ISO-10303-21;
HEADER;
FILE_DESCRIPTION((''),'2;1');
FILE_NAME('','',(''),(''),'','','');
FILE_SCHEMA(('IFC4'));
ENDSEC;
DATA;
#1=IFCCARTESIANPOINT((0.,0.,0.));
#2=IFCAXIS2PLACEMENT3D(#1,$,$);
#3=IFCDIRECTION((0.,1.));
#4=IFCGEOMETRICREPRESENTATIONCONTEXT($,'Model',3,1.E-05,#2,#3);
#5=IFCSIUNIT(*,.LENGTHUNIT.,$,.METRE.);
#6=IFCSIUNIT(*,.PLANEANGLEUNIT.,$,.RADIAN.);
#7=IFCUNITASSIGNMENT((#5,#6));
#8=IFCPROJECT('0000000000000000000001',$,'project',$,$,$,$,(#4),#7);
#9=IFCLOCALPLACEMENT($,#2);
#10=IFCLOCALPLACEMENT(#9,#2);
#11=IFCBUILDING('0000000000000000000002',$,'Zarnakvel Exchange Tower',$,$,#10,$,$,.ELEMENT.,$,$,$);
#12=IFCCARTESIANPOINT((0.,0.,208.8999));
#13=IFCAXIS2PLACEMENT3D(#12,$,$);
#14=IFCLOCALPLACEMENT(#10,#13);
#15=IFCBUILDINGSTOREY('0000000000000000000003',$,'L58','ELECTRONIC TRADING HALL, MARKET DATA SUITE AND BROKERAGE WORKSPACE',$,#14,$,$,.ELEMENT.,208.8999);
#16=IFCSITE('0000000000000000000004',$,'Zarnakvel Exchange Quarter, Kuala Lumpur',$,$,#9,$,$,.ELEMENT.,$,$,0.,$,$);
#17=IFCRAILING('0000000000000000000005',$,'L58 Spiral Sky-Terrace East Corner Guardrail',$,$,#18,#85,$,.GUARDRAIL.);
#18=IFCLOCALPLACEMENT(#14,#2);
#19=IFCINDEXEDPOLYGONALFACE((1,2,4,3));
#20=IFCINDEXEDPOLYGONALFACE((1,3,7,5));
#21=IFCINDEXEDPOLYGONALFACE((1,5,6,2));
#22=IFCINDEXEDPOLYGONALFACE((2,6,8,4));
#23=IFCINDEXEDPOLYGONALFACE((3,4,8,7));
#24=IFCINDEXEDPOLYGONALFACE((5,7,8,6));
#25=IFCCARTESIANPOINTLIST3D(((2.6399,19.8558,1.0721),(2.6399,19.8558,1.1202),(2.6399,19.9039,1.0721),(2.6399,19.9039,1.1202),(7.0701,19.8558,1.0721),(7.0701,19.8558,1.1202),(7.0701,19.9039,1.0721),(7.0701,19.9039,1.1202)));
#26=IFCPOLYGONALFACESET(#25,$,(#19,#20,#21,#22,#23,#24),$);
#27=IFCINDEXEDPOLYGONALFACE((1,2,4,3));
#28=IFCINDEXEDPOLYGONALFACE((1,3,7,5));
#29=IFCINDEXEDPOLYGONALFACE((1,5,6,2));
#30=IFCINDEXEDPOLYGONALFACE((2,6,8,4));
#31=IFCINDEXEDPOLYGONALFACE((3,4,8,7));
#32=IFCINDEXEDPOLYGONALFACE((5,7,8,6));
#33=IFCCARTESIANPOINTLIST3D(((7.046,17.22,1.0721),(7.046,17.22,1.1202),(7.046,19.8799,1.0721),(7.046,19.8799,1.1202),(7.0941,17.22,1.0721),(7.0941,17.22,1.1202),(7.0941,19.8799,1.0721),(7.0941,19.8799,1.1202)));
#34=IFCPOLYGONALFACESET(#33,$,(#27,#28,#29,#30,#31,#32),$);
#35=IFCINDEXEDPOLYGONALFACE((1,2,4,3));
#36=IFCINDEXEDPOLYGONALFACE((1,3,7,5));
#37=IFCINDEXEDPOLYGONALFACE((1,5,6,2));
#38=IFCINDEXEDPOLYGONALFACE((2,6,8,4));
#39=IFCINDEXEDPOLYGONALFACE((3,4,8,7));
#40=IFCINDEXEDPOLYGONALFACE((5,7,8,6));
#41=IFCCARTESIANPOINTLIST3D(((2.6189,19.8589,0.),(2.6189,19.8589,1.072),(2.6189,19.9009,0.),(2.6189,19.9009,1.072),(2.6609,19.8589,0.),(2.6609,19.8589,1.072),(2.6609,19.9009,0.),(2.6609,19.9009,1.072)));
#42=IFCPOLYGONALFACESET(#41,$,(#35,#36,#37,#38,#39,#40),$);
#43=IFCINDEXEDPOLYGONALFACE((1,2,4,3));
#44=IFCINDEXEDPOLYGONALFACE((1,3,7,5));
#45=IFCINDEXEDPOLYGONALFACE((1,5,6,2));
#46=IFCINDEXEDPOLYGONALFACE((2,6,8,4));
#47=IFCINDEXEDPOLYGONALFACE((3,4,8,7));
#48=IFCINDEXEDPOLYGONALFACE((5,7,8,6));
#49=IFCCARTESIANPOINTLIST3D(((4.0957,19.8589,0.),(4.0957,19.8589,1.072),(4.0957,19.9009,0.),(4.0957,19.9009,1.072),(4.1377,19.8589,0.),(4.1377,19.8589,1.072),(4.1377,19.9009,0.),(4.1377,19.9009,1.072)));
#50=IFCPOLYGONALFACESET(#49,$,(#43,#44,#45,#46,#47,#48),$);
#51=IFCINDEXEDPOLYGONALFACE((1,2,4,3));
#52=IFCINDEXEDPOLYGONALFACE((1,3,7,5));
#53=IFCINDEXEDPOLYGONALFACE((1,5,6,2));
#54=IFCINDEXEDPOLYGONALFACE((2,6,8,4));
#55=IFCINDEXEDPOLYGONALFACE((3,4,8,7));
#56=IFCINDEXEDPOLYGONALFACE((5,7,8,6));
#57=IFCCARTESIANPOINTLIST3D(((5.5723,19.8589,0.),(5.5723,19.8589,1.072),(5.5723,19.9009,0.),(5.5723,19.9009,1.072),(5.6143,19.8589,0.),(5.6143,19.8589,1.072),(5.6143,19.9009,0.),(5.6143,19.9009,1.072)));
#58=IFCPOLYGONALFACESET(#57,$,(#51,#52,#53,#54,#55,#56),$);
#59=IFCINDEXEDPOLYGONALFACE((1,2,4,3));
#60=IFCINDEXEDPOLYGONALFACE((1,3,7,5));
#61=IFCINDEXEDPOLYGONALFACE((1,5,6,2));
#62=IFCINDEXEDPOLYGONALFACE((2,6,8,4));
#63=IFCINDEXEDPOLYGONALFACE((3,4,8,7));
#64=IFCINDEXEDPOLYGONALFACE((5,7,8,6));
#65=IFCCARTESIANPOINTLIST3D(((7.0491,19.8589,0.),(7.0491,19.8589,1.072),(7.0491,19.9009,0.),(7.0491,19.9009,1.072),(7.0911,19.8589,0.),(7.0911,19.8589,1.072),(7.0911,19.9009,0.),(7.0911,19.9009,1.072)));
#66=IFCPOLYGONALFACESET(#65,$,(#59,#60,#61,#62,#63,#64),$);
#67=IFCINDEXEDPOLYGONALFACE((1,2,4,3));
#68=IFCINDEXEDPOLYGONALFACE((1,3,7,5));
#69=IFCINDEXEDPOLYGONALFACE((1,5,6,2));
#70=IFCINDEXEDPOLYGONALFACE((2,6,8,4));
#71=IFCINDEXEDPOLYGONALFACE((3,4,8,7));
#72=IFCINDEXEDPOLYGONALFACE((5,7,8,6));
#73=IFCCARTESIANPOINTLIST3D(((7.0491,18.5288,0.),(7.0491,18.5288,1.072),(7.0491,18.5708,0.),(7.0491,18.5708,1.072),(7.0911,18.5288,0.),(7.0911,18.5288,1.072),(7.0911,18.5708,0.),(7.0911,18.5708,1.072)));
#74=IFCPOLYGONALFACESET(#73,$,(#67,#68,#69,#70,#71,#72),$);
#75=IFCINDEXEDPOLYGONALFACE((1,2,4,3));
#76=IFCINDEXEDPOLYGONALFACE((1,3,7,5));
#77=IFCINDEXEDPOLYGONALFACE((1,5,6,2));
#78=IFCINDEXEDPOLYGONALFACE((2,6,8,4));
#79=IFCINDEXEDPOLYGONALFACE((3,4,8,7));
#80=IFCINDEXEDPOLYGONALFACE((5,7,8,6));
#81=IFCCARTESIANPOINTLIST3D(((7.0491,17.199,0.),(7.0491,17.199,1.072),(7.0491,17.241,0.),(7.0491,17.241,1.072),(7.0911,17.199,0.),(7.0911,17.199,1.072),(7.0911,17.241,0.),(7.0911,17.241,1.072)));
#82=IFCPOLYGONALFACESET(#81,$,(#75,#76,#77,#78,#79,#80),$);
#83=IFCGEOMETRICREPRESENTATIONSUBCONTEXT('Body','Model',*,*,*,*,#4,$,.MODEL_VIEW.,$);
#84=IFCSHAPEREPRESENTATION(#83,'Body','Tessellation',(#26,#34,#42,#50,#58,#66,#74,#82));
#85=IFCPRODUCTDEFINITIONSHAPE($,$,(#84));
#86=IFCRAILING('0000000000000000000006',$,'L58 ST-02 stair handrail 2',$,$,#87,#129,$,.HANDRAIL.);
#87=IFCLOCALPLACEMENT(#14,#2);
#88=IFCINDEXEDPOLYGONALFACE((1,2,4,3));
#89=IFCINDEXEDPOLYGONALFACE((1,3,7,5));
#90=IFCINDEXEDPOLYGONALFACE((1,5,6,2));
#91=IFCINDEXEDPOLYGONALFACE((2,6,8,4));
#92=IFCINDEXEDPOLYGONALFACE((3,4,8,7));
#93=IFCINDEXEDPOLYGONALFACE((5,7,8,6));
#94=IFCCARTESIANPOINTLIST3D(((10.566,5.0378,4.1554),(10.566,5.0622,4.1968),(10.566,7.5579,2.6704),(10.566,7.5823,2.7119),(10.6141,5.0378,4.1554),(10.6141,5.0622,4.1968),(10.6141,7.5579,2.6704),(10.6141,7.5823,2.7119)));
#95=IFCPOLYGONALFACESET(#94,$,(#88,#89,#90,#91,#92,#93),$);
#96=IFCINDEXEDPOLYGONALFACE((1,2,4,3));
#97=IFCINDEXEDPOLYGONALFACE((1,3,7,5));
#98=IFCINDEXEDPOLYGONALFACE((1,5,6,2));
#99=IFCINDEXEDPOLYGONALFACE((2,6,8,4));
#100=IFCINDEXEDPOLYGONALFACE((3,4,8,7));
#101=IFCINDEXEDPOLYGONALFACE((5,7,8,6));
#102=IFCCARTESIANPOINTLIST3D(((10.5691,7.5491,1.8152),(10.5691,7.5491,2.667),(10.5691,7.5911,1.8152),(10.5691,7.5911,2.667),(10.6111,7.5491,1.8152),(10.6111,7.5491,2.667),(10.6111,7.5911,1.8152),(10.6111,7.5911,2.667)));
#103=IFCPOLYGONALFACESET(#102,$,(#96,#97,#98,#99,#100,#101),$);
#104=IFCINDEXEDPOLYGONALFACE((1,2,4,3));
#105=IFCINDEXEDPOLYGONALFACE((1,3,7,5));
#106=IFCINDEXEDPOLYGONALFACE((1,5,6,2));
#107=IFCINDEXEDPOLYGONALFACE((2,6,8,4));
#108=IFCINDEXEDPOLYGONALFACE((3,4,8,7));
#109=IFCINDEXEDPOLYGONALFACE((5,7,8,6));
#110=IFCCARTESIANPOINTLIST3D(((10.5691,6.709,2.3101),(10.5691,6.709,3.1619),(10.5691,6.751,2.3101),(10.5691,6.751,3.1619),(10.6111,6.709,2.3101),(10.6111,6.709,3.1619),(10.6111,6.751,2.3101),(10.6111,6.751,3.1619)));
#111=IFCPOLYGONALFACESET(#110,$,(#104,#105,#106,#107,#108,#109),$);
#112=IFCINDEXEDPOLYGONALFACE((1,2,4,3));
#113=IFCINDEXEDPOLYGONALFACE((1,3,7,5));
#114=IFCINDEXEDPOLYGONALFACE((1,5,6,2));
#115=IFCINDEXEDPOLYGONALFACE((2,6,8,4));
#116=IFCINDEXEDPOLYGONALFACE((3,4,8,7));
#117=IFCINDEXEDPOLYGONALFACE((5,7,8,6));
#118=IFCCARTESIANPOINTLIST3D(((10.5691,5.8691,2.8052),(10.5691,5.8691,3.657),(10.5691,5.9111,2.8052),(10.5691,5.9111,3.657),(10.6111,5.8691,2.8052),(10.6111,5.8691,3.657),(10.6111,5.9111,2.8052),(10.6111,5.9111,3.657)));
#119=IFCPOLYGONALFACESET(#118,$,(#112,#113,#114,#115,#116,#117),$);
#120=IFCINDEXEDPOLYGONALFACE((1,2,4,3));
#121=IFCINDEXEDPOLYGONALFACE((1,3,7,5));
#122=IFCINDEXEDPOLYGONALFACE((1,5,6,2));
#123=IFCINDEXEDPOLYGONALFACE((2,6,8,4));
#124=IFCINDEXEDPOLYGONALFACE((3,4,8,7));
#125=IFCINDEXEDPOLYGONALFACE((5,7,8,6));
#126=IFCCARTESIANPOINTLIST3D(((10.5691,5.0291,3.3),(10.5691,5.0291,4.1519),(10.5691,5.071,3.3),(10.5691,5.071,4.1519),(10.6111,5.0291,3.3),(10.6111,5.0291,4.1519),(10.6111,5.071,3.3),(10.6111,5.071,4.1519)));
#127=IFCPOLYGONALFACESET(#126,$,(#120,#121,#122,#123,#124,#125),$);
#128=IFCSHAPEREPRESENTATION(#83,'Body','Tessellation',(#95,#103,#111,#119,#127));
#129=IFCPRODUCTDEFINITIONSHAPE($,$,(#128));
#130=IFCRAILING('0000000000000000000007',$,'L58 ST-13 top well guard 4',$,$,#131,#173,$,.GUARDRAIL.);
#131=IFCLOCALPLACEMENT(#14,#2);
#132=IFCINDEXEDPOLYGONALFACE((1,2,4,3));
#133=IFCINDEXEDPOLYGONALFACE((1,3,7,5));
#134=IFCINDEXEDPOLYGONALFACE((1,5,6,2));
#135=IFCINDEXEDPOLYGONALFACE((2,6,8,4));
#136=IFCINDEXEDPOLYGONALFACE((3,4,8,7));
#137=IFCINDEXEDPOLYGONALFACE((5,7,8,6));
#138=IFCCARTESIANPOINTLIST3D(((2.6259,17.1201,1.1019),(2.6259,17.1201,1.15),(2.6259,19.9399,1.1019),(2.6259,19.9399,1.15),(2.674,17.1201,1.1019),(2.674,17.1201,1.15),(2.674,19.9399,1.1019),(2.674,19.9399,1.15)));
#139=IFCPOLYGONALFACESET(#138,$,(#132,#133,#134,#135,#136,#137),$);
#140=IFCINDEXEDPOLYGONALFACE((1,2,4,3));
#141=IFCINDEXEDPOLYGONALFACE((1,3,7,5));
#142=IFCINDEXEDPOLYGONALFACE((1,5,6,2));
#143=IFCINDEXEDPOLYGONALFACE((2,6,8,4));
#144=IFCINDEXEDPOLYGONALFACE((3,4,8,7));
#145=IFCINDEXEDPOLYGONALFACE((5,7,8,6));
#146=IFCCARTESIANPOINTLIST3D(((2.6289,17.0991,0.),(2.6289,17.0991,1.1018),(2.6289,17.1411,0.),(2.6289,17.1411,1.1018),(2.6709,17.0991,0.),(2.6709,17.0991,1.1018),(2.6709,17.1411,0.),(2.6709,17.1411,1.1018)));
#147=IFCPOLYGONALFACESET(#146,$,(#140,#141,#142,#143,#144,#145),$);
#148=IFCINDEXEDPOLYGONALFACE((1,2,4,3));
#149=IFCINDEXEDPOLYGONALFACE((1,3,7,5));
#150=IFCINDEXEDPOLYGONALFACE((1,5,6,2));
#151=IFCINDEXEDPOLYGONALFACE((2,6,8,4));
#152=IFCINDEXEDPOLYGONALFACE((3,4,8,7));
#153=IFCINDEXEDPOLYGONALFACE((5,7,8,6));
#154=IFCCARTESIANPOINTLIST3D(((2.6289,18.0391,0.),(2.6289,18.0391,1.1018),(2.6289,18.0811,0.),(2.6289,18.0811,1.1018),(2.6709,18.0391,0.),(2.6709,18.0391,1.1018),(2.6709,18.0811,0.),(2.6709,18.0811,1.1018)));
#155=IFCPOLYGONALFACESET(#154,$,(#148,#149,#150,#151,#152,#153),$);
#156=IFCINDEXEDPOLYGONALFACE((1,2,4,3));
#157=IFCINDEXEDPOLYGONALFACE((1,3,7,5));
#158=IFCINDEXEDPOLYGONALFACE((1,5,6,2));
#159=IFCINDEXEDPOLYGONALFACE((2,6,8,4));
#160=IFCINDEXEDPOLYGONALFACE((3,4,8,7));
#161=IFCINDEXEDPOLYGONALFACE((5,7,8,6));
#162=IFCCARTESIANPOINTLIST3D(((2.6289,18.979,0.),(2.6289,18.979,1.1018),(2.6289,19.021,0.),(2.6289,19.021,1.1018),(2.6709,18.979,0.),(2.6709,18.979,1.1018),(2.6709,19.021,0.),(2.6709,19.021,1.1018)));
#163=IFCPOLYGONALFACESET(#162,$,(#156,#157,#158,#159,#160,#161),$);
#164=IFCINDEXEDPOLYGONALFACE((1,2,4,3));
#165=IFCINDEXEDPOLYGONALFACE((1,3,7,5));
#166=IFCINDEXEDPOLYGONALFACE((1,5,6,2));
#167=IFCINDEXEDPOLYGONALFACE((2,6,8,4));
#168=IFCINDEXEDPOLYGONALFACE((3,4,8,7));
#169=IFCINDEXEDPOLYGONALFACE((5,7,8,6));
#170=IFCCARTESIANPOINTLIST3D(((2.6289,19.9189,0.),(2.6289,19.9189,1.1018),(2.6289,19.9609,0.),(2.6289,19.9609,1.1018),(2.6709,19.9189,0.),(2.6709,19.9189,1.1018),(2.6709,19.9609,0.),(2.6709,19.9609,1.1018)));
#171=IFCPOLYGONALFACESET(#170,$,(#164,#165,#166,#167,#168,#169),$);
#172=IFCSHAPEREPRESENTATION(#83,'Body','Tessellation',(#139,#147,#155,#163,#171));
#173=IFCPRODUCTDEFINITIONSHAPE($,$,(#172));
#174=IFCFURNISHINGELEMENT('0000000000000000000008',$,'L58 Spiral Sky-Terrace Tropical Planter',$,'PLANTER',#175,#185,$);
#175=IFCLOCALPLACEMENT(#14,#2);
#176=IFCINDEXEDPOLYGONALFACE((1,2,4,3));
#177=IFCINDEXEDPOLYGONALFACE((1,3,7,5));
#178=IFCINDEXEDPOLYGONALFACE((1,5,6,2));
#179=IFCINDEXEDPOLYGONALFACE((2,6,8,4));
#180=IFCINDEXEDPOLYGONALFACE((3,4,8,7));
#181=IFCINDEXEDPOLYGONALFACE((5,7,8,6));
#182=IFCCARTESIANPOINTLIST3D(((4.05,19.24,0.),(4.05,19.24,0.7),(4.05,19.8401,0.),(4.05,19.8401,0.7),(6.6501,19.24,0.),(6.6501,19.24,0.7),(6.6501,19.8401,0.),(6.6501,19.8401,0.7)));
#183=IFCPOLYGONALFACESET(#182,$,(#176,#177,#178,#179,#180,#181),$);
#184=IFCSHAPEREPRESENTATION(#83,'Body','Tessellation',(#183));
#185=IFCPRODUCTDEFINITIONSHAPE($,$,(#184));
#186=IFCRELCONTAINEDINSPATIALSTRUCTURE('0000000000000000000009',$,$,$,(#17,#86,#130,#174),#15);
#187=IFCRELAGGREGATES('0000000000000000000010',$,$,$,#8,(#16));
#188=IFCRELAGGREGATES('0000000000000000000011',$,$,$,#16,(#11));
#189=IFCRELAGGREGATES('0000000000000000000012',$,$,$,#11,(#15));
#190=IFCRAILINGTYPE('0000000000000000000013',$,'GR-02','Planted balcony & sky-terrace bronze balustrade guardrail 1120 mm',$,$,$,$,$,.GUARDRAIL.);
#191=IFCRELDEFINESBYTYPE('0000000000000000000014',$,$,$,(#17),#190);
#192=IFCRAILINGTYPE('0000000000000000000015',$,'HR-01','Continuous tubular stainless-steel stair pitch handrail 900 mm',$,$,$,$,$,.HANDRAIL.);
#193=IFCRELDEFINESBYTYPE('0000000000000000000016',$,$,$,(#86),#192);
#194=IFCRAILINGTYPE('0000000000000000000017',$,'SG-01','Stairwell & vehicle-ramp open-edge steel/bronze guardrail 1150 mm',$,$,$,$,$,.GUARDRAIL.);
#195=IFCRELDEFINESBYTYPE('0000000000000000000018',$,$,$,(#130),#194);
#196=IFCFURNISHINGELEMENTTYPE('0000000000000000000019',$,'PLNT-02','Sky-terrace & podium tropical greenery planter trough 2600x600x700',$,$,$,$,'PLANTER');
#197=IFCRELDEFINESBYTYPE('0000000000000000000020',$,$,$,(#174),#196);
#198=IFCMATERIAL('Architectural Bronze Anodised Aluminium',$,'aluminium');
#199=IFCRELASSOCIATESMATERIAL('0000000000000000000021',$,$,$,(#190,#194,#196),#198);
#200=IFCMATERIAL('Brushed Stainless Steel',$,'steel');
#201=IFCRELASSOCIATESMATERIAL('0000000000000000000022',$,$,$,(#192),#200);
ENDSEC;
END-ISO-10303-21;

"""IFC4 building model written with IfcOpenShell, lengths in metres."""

from ifc_helpers import new_model, si_unit, direction, frame, origin, origin_2d, place, context, subcontext, project, spatial, rectangle, extrude, source, transform, mapped, material, type_object, element, save


model = new_model("IFC4")

# Units and contexts
model_context = context("Model", 3, precision=1e-05, world=origin(), true_north=direction((0.0, 1.0)))
body_context = subcontext(model_context, "Body", "Model", "MODEL_VIEW")
ifc_project = project(units=[si_unit("LENGTHUNIT", "METRE"), si_unit("PLANEANGLEUNIT", "RADIAN")], contexts=[model_context])

# Site, building, storey
site_placement = place(None, origin())
site = spatial("IfcSite", under=ifc_project, at=site_placement, Name="Zarnakvel Exchange Quarter, Kuala Lumpur", CompositionType="ELEMENT", RefElevation=0.0)
building_placement = place(site_placement, origin())
building = spatial("IfcBuilding", under=site, at=building_placement, Name="Zarnakvel Exchange Tower", CompositionType="ELEMENT")
storey_placement = place(building_placement, frame((0.0, 0.0, 208.8999)))
storey = spatial("IfcBuildingStorey", under=building, at=storey_placement, Name="L58", Description="ELECTRONIC TRADING HALL, MARKET DATA SUITE AND BROKERAGE WORKSPACE", CompositionType="ELEMENT", Elevation=208.8999)

# Shared definitions
ifc_material_1 = material(Name="Architectural Bronze Anodised Aluminium", Category="aluminium")

# Railings
railing_type_1 = type_object("IfcRailingType", Name="GR-02", Description="Planted balcony & sky-terrace bronze balustrade guardrail 1120 mm", PredefinedType="GUARDRAIL", material=ifc_material_1)
railing_1_placement = place(storey_placement, frame((2.6399, 19.8799, 0.0)))
element("IfcRailing", 1, at=railing_1_placement, inside=storey, type_object=railing_type_1, Name="L58 Spiral Sky-Terrace East Corner Guardrail", PredefinedType="GUARDRAIL", context=body_context, shape_type="SweptSolid", body=[
    extrude(rectangle(XDim=0.0481, YDim=0.0481, at=origin_2d()), frame((0.0, 0.0, 1.0962), z_axis=(1.0, 0.0, 0.0), x_axis=(0.0, 1.0, 0.0)), (0.0, 0.0, 1.0), 4.4302),
    extrude(rectangle(XDim=0.0481, YDim=0.0481, at=origin_2d()), frame((4.4302, 0.0, 1.0962), z_axis=(0.0, -1.0, 0.0), x_axis=(1.0, 0.0, 0.0)), (0.0, 0.0, 1.0), 2.6599),
    extrude(rectangle(XDim=0.042, YDim=0.042, at=origin_2d()), origin(), (0.0, 0.0, 1.0), 1.072),
    extrude(rectangle(XDim=0.042, YDim=0.042, at=origin_2d()), frame((1.4768, 0.0, 0.0)), (0.0, 0.0, 1.0), 1.072),
    extrude(rectangle(XDim=0.042, YDim=0.042, at=origin_2d()), frame((2.9534, 0.0, 0.0)), (0.0, 0.0, 1.0), 1.072),
    extrude(rectangle(XDim=0.042, YDim=0.042, at=origin_2d()), frame((4.4302, 0.0, 0.0)), (0.0, 0.0, 1.0), 1.072),
    extrude(rectangle(XDim=0.042, YDim=0.042, at=origin_2d()), frame((4.4302, -1.3301, 0.0)), (0.0, 0.0, 1.0), 1.072),
    extrude(rectangle(XDim=0.042, YDim=0.042, at=origin_2d()), frame((4.4302, -2.6599, 0.0)), (0.0, 0.0, 1.0), 1.072),
])
ifc_material_2 = material(Name="Brushed Stainless Steel", Category="steel")
railing_type_2 = type_object("IfcRailingType", Name="HR-01", Description="Continuous tubular stainless-steel stair pitch handrail 900 mm", PredefinedType="HANDRAIL", material=ifc_material_2)
railing_2_placement = place(storey_placement, frame((10.5901, 7.5701, 1.8152)))
element("IfcRailing", 2, at=railing_2_placement, inside=storey, type_object=railing_type_2, Name="L58 ST-02 stair handrail 2", PredefinedType="HANDRAIL", context=body_context, shape_type="SweptSolid", body=[
    extrude(rectangle(XDim=0.0481, YDim=0.0481, at=origin_2d()), frame((0.0, 0.0, 0.876), z_axis=(0.0, -0.861561, 0.507655), x_axis=(1.0, 0.0, 0.0)), (0.0, 0.0, 1.0), 2.925),
    extrude(rectangle(XDim=0.042, YDim=0.042, at=origin_2d()), origin(), (0.0, 0.0, 1.0), 0.8518),
    extrude(rectangle(XDim=0.042, YDim=0.042, at=origin_2d()), frame((0.0, -0.8401, 0.4949)), (0.0, 0.0, 1.0), 0.8518),
    extrude(rectangle(XDim=0.042, YDim=0.042, at=origin_2d()), frame((0.0, -1.6799, 0.99)), (0.0, 0.0, 1.0), 0.8518),
    extrude(rectangle(XDim=0.042, YDim=0.042, at=origin_2d()), frame((0.0, -2.52, 1.4849)), (0.0, 0.0, 1.0), 0.8518),
])
railing_type_3 = type_object("IfcRailingType", Name="SG-01", Description="Stairwell & vehicle-ramp open-edge steel/bronze guardrail 1150 mm", PredefinedType="GUARDRAIL", material=ifc_material_1)
railing_3_placement = place(storey_placement, frame((2.6499, 17.1201, 0.0)))
element("IfcRailing", 3, at=railing_3_placement, inside=storey, type_object=railing_type_3, Name="L58 ST-13 top well guard 4", PredefinedType="GUARDRAIL", context=body_context, shape_type="SweptSolid", body=[
    extrude(rectangle(XDim=0.0481, YDim=0.0481, at=origin_2d()), frame((0.0, 0.0, 1.126), z_axis=(0.0, 1.0, 0.0), x_axis=(-1.0, 0.0, 0.0)), (0.0, 0.0, 1.0), 2.8198),
    extrude(rectangle(XDim=0.042, YDim=0.042, at=origin_2d()), origin(), (0.0, 0.0, 1.0), 1.1018),
    extrude(rectangle(XDim=0.042, YDim=0.042, at=origin_2d()), frame((0.0, 0.9399, 0.0)), (0.0, 0.0, 1.0), 1.1018),
    extrude(rectangle(XDim=0.042, YDim=0.042, at=origin_2d()), frame((0.0, 1.8799, 0.0)), (0.0, 0.0, 1.0), 1.1018),
    extrude(rectangle(XDim=0.042, YDim=0.042, at=origin_2d()), frame((0.0, 2.8198, 0.0)), (0.0, 0.0, 1.0), 1.1018),
])

# Furnishing element
furnishing_element_type = type_object("IfcFurnishingElementType", Name="PLNT-02", Description="Sky-terrace & podium tropical greenery planter trough 2600x600x700", ElementType="PLANTER", material=ifc_material_1)
shared_shape_1 = source(origin(), body_context, "Body", "SweptSolid", [
    extrude(rectangle(XDim=2.6001, YDim=0.6001, at=origin_2d()), origin(), (0.0, 0.0, 1.0), 0.7),
])
furnishing_placement = place(storey_placement, frame((5.3501, 19.54, 0.0), z_axis=(0.0, 0.0, 1.0), x_axis=(1.0, 0.0, 0.0)))
element("IfcFurnishingElement", 4, at=furnishing_placement, inside=storey, type_object=furnishing_element_type, Name="L58 Spiral Sky-Terrace Tropical Planter", ObjectType="PLANTER", context=body_context, shape_type="MappedRepresentation", body=[
    mapped(shared_shape_1, transform((0.0, 0.0, 0.0), x_axis=(1.0, 0.0, 0.0), y_axis=(0.0, 1.0, 0.0), z_axis=(0.0, 0.0, 1.0), scale=1.0)),
])

save(model, "model.ifc")
